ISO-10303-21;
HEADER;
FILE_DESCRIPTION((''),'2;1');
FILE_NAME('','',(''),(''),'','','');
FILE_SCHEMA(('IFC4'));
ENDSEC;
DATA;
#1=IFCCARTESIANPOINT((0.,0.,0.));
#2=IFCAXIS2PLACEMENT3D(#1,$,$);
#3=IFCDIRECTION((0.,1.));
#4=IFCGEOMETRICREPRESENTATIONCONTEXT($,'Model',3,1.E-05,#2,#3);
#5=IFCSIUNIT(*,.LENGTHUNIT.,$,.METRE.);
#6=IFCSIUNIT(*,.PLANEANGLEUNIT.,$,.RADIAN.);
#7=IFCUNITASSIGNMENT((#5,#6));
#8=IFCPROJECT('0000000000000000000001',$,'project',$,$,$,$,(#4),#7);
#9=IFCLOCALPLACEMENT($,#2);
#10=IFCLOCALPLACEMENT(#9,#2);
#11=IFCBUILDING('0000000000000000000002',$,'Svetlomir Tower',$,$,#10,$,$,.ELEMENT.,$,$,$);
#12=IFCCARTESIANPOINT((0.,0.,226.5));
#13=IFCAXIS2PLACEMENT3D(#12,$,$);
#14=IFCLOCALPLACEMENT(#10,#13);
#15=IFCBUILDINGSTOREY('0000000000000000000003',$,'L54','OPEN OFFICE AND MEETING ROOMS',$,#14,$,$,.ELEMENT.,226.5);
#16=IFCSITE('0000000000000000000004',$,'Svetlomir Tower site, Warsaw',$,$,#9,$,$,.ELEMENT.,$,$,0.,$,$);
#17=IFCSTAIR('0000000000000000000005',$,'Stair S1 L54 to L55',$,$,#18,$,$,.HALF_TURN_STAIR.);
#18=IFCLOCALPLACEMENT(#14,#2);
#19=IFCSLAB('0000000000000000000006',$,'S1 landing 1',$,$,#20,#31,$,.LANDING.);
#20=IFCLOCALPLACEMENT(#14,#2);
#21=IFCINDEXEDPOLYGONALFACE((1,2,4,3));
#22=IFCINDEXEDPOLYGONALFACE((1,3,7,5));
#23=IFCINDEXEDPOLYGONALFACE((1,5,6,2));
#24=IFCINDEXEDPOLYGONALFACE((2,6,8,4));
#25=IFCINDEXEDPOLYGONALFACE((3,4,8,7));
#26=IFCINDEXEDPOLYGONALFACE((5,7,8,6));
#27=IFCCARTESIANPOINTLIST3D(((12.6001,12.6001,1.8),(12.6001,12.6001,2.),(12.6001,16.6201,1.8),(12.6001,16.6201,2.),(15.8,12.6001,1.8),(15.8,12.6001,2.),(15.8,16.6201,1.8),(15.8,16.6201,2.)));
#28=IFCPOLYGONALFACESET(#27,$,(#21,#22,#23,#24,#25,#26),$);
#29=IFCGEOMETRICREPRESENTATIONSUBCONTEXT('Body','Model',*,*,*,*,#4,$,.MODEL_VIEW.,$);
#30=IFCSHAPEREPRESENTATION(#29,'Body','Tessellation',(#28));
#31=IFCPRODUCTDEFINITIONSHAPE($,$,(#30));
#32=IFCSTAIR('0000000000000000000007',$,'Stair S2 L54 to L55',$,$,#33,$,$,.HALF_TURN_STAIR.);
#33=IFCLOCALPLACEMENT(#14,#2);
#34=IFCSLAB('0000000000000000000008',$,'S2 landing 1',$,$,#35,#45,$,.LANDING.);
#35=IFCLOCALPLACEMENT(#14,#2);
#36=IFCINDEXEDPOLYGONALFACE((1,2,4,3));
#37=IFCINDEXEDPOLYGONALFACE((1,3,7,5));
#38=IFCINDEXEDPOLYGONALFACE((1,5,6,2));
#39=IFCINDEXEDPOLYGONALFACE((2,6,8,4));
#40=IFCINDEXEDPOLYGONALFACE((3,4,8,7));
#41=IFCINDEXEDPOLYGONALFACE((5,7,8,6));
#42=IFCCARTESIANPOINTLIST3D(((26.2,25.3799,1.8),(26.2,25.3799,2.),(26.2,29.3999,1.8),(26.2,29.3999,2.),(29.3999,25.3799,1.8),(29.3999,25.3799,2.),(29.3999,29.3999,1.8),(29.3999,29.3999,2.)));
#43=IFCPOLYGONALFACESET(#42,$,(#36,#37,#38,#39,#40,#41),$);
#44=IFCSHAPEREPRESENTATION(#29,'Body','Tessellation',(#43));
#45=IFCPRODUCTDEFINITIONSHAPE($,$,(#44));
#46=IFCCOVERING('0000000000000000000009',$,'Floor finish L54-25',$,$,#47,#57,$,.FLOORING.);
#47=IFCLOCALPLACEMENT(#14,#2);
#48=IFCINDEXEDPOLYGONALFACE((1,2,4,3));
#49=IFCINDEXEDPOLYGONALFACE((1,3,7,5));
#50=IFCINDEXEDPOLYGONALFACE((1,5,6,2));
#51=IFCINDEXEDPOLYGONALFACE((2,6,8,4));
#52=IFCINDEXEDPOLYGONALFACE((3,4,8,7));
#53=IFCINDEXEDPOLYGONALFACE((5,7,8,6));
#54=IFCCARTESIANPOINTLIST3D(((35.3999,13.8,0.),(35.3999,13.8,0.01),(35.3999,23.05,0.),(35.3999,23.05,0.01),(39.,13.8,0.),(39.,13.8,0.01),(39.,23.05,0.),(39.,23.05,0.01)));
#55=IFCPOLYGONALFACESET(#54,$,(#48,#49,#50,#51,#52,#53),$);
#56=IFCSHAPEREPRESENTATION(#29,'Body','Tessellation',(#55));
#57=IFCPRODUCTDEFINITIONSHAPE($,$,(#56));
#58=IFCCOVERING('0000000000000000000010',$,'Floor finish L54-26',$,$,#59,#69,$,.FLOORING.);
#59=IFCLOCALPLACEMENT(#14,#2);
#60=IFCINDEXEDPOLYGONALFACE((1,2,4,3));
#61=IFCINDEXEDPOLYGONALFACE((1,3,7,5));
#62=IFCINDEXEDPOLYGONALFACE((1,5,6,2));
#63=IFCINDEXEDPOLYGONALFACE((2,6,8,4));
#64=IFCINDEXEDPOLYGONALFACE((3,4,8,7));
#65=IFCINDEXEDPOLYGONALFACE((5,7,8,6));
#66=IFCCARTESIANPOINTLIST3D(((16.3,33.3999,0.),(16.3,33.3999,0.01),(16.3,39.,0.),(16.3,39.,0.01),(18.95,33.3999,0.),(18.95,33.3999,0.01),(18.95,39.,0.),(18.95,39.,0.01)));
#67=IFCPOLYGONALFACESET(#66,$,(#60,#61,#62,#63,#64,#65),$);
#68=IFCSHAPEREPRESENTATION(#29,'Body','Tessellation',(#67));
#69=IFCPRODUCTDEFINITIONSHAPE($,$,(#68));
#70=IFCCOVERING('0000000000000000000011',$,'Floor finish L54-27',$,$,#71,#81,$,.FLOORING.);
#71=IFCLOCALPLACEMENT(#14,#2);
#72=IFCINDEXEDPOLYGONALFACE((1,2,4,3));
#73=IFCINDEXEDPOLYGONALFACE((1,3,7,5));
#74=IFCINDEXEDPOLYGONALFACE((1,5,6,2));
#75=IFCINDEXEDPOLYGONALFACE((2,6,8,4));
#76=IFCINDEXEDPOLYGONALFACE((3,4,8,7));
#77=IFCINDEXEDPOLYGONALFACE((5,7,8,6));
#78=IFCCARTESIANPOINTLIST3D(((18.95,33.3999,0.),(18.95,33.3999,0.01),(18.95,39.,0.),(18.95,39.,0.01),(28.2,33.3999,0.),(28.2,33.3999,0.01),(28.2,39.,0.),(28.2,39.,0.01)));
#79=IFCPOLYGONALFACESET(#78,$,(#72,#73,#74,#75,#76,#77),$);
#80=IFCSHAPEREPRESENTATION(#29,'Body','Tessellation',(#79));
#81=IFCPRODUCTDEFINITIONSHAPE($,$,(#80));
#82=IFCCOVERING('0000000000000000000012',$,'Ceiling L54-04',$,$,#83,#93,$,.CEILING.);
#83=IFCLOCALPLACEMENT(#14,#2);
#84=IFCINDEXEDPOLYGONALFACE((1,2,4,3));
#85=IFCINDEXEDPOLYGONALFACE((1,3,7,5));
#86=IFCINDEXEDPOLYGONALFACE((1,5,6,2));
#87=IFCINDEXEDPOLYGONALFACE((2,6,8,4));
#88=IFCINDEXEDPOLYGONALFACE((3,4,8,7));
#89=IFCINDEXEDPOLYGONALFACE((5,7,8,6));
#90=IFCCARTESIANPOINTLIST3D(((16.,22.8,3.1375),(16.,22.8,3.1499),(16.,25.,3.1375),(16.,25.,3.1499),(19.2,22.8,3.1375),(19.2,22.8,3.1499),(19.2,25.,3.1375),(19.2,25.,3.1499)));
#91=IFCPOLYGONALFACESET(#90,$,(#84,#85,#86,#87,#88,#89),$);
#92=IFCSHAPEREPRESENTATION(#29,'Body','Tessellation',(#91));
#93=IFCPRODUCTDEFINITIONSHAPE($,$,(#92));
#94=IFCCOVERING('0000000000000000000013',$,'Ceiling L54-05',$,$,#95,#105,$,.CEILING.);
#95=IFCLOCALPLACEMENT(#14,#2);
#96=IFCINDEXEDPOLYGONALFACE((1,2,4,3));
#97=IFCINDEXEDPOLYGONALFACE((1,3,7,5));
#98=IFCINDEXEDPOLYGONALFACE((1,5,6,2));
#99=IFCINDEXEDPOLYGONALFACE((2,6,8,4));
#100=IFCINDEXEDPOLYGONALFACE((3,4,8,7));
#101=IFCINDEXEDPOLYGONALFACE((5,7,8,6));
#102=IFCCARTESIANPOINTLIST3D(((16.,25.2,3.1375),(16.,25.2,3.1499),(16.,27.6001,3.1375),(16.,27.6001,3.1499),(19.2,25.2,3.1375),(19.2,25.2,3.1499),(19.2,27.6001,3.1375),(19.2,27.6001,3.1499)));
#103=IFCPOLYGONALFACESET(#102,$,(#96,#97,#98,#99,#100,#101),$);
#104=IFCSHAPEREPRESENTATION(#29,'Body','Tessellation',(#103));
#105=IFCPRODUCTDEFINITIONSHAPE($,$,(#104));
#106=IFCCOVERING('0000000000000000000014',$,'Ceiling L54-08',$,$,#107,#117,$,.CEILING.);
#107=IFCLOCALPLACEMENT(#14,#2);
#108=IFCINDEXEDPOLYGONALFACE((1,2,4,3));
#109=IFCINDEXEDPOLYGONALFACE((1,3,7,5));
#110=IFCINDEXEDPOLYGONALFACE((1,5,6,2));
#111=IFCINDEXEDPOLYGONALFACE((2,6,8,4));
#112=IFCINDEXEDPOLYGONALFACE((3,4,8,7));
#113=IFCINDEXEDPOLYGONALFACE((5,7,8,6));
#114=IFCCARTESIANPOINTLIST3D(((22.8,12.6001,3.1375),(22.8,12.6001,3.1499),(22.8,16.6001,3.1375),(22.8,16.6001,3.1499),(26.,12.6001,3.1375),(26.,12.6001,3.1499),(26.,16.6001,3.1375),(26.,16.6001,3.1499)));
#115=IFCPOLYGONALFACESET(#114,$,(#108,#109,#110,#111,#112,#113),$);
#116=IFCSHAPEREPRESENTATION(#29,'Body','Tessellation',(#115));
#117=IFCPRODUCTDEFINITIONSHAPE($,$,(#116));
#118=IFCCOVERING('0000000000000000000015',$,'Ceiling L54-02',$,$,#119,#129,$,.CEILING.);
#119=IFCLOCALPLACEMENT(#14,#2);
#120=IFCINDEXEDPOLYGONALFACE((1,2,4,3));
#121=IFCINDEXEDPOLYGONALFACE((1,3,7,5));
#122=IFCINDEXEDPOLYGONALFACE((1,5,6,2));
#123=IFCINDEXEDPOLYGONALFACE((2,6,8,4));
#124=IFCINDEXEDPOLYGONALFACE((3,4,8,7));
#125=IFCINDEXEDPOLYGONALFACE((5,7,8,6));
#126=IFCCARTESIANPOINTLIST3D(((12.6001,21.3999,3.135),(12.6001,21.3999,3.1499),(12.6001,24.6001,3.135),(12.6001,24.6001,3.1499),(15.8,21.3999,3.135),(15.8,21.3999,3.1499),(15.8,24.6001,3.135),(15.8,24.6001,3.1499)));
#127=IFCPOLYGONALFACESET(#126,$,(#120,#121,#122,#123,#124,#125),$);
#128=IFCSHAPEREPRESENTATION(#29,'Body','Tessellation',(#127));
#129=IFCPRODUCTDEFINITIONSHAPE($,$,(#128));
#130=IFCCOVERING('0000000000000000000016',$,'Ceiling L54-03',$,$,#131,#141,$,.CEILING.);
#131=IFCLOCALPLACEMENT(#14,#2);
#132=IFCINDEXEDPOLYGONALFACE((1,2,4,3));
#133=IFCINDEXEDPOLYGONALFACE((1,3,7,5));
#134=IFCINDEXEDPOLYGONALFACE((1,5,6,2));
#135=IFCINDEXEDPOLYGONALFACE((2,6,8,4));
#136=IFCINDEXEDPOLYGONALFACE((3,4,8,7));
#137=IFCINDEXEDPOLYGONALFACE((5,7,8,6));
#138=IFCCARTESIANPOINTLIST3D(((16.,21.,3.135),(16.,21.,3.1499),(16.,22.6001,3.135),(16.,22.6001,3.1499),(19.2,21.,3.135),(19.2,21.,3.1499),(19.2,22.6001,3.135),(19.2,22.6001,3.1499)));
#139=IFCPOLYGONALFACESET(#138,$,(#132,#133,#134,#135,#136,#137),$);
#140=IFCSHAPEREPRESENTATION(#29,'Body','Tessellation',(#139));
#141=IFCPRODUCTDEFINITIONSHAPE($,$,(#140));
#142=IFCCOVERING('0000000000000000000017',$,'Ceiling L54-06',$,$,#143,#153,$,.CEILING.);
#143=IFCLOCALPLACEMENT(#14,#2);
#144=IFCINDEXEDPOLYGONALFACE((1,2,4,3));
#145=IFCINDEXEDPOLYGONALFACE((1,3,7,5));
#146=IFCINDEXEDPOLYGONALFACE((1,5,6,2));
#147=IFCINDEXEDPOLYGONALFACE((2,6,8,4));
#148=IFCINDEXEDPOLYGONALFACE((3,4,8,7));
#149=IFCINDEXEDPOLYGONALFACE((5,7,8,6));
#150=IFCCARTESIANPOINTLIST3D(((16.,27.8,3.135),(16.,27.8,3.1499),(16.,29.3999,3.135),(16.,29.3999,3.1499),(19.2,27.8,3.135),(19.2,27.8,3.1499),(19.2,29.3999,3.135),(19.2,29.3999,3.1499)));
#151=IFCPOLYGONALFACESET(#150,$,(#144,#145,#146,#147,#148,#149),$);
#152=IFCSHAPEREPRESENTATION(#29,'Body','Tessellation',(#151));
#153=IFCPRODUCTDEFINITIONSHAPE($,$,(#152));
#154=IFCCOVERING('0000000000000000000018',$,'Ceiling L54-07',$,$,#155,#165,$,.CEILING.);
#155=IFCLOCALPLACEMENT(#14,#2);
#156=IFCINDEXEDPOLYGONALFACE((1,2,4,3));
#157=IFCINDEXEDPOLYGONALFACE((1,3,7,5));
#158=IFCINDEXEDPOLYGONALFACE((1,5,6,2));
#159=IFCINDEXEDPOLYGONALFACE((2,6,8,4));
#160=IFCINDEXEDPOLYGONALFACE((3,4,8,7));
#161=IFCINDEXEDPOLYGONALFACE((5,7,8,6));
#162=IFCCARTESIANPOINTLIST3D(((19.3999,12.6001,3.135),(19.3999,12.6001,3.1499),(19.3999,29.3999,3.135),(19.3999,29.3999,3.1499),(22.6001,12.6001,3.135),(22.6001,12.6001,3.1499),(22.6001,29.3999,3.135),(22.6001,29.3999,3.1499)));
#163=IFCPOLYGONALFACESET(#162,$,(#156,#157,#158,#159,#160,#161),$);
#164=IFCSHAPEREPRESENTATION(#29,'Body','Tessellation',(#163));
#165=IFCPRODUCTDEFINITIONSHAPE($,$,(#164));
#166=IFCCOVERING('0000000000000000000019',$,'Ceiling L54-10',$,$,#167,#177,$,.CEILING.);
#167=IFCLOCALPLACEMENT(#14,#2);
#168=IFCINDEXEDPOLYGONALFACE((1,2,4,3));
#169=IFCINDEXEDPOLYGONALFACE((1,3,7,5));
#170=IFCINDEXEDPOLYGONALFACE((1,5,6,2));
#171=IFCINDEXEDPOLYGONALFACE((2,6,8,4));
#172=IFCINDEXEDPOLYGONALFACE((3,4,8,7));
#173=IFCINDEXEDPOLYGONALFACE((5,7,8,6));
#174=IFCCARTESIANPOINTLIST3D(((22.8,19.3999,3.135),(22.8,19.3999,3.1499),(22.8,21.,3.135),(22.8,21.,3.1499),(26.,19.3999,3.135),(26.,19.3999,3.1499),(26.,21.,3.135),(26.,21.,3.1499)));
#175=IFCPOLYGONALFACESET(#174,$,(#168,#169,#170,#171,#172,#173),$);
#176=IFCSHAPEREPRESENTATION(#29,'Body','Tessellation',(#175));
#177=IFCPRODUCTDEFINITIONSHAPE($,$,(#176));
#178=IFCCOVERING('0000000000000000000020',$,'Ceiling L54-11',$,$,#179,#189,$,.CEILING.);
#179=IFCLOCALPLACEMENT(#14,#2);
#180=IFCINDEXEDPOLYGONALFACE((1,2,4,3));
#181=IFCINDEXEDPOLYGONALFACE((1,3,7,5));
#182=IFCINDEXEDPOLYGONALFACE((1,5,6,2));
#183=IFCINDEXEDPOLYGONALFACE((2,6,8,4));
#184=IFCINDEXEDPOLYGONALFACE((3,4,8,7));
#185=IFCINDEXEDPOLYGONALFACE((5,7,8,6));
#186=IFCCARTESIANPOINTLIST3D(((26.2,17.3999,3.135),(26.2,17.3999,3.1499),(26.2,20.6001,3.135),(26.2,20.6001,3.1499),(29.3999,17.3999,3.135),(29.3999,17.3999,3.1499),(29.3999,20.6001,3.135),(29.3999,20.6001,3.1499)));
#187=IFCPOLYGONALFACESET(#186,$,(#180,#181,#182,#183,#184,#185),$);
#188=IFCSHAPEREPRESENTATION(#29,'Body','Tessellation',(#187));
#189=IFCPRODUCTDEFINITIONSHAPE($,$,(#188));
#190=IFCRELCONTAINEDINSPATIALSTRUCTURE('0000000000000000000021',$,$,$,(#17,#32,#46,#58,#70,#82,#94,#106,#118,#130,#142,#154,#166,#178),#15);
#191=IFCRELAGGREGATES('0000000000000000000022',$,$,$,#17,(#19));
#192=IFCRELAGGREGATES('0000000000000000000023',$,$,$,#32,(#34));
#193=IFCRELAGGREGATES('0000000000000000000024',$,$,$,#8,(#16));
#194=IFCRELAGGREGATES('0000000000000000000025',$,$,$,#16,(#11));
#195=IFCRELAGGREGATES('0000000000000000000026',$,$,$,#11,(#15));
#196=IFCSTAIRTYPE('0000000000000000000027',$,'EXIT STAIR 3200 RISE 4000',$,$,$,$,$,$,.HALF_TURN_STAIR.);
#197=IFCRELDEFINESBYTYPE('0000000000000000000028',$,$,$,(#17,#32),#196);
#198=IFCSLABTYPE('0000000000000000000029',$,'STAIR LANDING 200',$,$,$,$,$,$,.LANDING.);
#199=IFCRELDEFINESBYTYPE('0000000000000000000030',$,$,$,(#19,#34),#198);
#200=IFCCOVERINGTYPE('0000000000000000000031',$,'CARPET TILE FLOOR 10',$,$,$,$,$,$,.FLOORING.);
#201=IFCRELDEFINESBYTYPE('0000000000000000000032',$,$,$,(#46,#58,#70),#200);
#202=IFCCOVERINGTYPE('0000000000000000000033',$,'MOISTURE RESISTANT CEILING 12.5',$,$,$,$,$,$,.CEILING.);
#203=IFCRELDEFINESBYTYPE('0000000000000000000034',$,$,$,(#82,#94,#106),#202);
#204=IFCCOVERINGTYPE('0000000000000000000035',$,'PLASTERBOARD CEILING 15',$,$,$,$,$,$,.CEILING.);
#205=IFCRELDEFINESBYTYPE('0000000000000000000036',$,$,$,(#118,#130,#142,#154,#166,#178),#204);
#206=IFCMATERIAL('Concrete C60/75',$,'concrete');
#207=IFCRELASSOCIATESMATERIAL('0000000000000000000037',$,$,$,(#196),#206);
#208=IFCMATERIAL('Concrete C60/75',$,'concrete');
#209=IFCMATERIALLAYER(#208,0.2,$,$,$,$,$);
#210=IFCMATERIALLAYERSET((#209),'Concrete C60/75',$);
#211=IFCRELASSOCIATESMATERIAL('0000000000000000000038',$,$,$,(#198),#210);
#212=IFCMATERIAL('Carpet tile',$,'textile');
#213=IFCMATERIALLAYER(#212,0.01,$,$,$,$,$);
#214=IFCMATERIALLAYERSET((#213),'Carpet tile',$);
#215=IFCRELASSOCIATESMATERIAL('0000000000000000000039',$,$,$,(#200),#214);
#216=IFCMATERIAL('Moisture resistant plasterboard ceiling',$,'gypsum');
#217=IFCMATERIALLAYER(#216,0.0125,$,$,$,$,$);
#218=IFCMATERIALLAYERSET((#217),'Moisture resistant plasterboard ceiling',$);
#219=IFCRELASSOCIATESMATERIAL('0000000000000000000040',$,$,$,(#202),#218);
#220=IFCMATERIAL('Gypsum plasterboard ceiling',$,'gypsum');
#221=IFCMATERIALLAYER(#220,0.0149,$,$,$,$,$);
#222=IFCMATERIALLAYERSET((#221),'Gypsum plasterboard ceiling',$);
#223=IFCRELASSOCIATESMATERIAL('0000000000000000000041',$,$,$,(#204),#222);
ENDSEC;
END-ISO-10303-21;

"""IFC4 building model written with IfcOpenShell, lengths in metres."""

from ifc_helpers import new_model, si_unit, direction, frame, origin, place, context, subcontext, project, spatial, polyline, outline, extrude, material, layer, layer_set, type_object, element, aggregate, save


model = new_model("IFC4")

# Units and contexts
model_context = context("Model", 3, precision=1e-05, world=origin(), true_north=direction((0.0, 1.0)))
body_context = subcontext(model_context, "Body", "Model", "MODEL_VIEW")
ifc_project = project(units=[si_unit("LENGTHUNIT", "METRE"), si_unit("PLANEANGLEUNIT", "RADIAN")], contexts=[model_context])

# Site, building, storey
site_placement = place(None, origin())
site = spatial("IfcSite", under=ifc_project, at=site_placement, Name="Svetlomir Tower site, Warsaw", CompositionType="ELEMENT", RefElevation=0.0)
building_placement = place(site_placement, origin())
building = spatial("IfcBuilding", under=site, at=building_placement, Name="Svetlomir Tower", CompositionType="ELEMENT")
storey_placement = place(building_placement, frame((0.0, 0.0, 226.5)))
storey = spatial("IfcBuildingStorey", under=building, at=storey_placement, Name="L54", Description="OPEN OFFICE AND MEETING ROOMS", CompositionType="ELEMENT", Elevation=226.5)

# Stairs, slabs
ifc_material_1 = material(Name="Concrete C60/75", Category="concrete")
stair_type = type_object("IfcStairType", Name="EXIT STAIR 3200 RISE 4000", PredefinedType="HALF_TURN_STAIR", material=ifc_material_1)
stair_1_placement = place(storey_placement, origin())
stair_1 = element("IfcStair", 1, at=stair_1_placement, inside=storey, type_object=stair_type, Name="Stair S1 L54 to L55", PredefinedType="HALF_TURN_STAIR")
ifc_material_2 = material(Name="Concrete C60/75", Category="concrete")
ifc_layer_1 = layer(ifc_material_2, 0.2)
ifc_layer_set_1 = layer_set([ifc_layer_1], Name="Concrete C60/75")
slab_type = type_object("IfcSlabType", Name="STAIR LANDING 200", PredefinedType="LANDING", material=ifc_layer_set_1)
slab_1_placement = place(storey_placement, frame((0.0, 0.0, 1.8)))
slab_1 = element("IfcSlab", 2, at=slab_1_placement, type_object=slab_type, Name="S1 landing 1", PredefinedType="LANDING", context=body_context, shape_type="SweptSolid", body=[
    extrude(outline(polyline([(12.6001, 12.6001), (15.8, 12.6001), (15.8, 16.6201), (12.6001, 16.6201), (12.6001, 12.6001)])), origin(), (0.0, 0.0, 1.0), 0.2),
])
aggregate(stair_1, [slab_1])
stair_2_placement = place(storey_placement, origin())
stair_2 = element("IfcStair", 3, at=stair_2_placement, inside=storey, type_object=stair_type, Name="Stair S2 L54 to L55", PredefinedType="HALF_TURN_STAIR")
slab_2_placement = place(storey_placement, frame((0.0, 0.0, 1.8)))
slab_2 = element("IfcSlab", 4, at=slab_2_placement, type_object=slab_type, Name="S2 landing 1", PredefinedType="LANDING", context=body_context, shape_type="SweptSolid", body=[
    extrude(outline(polyline([(26.2, 25.3799), (29.3999, 25.3799), (29.3999, 29.3999), (26.2, 29.3999), (26.2, 25.3799)])), origin(), (0.0, 0.0, 1.0), 0.2),
])
aggregate(stair_2, [slab_2])

# Coverings
ifc_material_3 = material(Name="Carpet tile", Category="textile")
ifc_layer_2 = layer(ifc_material_3, 0.01)
ifc_layer_set_2 = layer_set([ifc_layer_2], Name="Carpet tile")
covering_type_1 = type_object("IfcCoveringType", Name="CARPET TILE FLOOR 10", PredefinedType="FLOORING", material=ifc_layer_set_2)
covering_1_placement = place(storey_placement, origin())
element("IfcCovering", 5, at=covering_1_placement, inside=storey, type_object=covering_type_1, Name="Floor finish L54-25", PredefinedType="FLOORING", context=body_context, shape_type="SweptSolid", body=[
    extrude(outline(polyline([(35.3999, 13.8), (39.0, 13.8), (39.0, 23.05), (35.3999, 23.05), (35.3999, 13.8)])), origin(), (0.0, 0.0, 1.0), 0.01),
])
covering_2_placement = place(storey_placement, origin())
element("IfcCovering", 6, at=covering_2_placement, inside=storey, type_object=covering_type_1, Name="Floor finish L54-26", PredefinedType="FLOORING", context=body_context, shape_type="SweptSolid", body=[
    extrude(outline(polyline([(16.3, 33.3999), (18.95, 33.3999), (18.95, 39.0), (16.3, 39.0), (16.3, 33.3999)])), origin(), (0.0, 0.0, 1.0), 0.01),
])
covering_3_placement = place(storey_placement, origin())
element("IfcCovering", 7, at=covering_3_placement, inside=storey, type_object=covering_type_1, Name="Floor finish L54-27", PredefinedType="FLOORING", context=body_context, shape_type="SweptSolid", body=[
    extrude(outline(polyline([(18.95, 33.3999), (28.2, 33.3999), (28.2, 39.0), (18.95, 39.0), (18.95, 33.3999)])), origin(), (0.0, 0.0, 1.0), 0.01),
])
ifc_material_4 = material(Name="Moisture resistant plasterboard ceiling", Category="gypsum")
ifc_layer_3 = layer(ifc_material_4, 0.0125)
ifc_layer_set_3 = layer_set([ifc_layer_3], Name="Moisture resistant plasterboard ceiling")
covering_type_2 = type_object("IfcCoveringType", Name="MOISTURE RESISTANT CEILING 12.5", PredefinedType="CEILING", material=ifc_layer_set_3)
covering_4_placement = place(storey_placement, frame((0.0, 0.0, 3.1375)))
element("IfcCovering", 8, at=covering_4_placement, inside=storey, type_object=covering_type_2, Name="Ceiling L54-04", PredefinedType="CEILING", context=body_context, shape_type="SweptSolid", body=[
    extrude(outline(polyline([(16.0, 22.8), (19.2, 22.8), (19.2, 25.0), (16.0, 25.0), (16.0, 22.8)])), origin(), (0.0, 0.0, 1.0), 0.0125),
])
covering_5_placement = place(storey_placement, frame((0.0, 0.0, 3.1375)))
element("IfcCovering", 9, at=covering_5_placement, inside=storey, type_object=covering_type_2, Name="Ceiling L54-05", PredefinedType="CEILING", context=body_context, shape_type="SweptSolid", body=[
    extrude(outline(polyline([(16.0, 25.2), (19.2, 25.2), (19.2, 27.6001), (16.0, 27.6001), (16.0, 25.2)])), origin(), (0.0, 0.0, 1.0), 0.0125),
])
covering_6_placement = place(storey_placement, frame((0.0, 0.0, 3.1375)))
element("IfcCovering", 10, at=covering_6_placement, inside=storey, type_object=covering_type_2, Name="Ceiling L54-08", PredefinedType="CEILING", context=body_context, shape_type="SweptSolid", body=[
    extrude(outline(polyline([(22.8, 12.6001), (26.0, 12.6001), (26.0, 16.6001), (22.8, 16.6001), (22.8, 12.6001)])), origin(), (0.0, 0.0, 1.0), 0.0125),
])
ifc_material_5 = material(Name="Gypsum plasterboard ceiling", Category="gypsum")
ifc_layer_4 = layer(ifc_material_5, 0.0149)
ifc_layer_set_4 = layer_set([ifc_layer_4], Name="Gypsum plasterboard ceiling")
covering_type_3 = type_object("IfcCoveringType", Name="PLASTERBOARD CEILING 15", PredefinedType="CEILING", material=ifc_layer_set_4)
covering_7_placement = place(storey_placement, frame((0.0, 0.0, 3.135)))
element("IfcCovering", 11, at=covering_7_placement, inside=storey, type_object=covering_type_3, Name="Ceiling L54-02", PredefinedType="CEILING", context=body_context, shape_type="SweptSolid", body=[
    extrude(outline(polyline([(12.6001, 21.3999), (15.8, 21.3999), (15.8, 24.6001), (12.6001, 24.6001), (12.6001, 21.3999)])), origin(), (0.0, 0.0, 1.0), 0.0149),
])
covering_8_placement = place(storey_placement, frame((0.0, 0.0, 3.135)))
element("IfcCovering", 12, at=covering_8_placement, inside=storey, type_object=covering_type_3, Name="Ceiling L54-03", PredefinedType="CEILING", context=body_context, shape_type="SweptSolid", body=[
    extrude(outline(polyline([(16.0, 21.0), (19.2, 21.0), (19.2, 22.6001), (16.0, 22.6001), (16.0, 21.0)])), origin(), (0.0, 0.0, 1.0), 0.0149),
])
covering_9_placement = place(storey_placement, frame((0.0, 0.0, 3.135)))
element("IfcCovering", 13, at=covering_9_placement, inside=storey, type_object=covering_type_3, Name="Ceiling L54-06", PredefinedType="CEILING", context=body_context, shape_type="SweptSolid", body=[
    extrude(outline(polyline([(16.0, 27.8), (19.2, 27.8), (19.2, 29.3999), (16.0, 29.3999), (16.0, 27.8)])), origin(), (0.0, 0.0, 1.0), 0.0149),
])
covering_10_placement = place(storey_placement, frame((0.0, 0.0, 3.135)))
element("IfcCovering", 14, at=covering_10_placement, inside=storey, type_object=covering_type_3, Name="Ceiling L54-07", PredefinedType="CEILING", context=body_context, shape_type="SweptSolid", body=[
    extrude(outline(polyline([(19.3999, 12.6001), (22.6001, 12.6001), (22.6001, 29.3999), (19.3999, 29.3999), (19.3999, 12.6001)])), origin(), (0.0, 0.0, 1.0), 0.0149),
])
covering_11_placement = place(storey_placement, frame((0.0, 0.0, 3.135)))
element("IfcCovering", 15, at=covering_11_placement, inside=storey, type_object=covering_type_3, Name="Ceiling L54-10", PredefinedType="CEILING", context=body_context, shape_type="SweptSolid", body=[
    extrude(outline(polyline([(22.8, 19.3999), (26.0, 19.3999), (26.0, 21.0), (22.8, 21.0), (22.8, 19.3999)])), origin(), (0.0, 0.0, 1.0), 0.0149),
])
covering_12_placement = place(storey_placement, frame((0.0, 0.0, 3.135)))
element("IfcCovering", 16, at=covering_12_placement, inside=storey, type_object=covering_type_3, Name="Ceiling L54-11", PredefinedType="CEILING", context=body_context, shape_type="SweptSolid", body=[
    extrude(outline(polyline([(26.2, 17.3999), (29.3999, 17.3999), (29.3999, 20.6001), (26.2, 20.6001), (26.2, 17.3999)])), origin(), (0.0, 0.0, 1.0), 0.0149),
])

save(model, "model.ifc")
